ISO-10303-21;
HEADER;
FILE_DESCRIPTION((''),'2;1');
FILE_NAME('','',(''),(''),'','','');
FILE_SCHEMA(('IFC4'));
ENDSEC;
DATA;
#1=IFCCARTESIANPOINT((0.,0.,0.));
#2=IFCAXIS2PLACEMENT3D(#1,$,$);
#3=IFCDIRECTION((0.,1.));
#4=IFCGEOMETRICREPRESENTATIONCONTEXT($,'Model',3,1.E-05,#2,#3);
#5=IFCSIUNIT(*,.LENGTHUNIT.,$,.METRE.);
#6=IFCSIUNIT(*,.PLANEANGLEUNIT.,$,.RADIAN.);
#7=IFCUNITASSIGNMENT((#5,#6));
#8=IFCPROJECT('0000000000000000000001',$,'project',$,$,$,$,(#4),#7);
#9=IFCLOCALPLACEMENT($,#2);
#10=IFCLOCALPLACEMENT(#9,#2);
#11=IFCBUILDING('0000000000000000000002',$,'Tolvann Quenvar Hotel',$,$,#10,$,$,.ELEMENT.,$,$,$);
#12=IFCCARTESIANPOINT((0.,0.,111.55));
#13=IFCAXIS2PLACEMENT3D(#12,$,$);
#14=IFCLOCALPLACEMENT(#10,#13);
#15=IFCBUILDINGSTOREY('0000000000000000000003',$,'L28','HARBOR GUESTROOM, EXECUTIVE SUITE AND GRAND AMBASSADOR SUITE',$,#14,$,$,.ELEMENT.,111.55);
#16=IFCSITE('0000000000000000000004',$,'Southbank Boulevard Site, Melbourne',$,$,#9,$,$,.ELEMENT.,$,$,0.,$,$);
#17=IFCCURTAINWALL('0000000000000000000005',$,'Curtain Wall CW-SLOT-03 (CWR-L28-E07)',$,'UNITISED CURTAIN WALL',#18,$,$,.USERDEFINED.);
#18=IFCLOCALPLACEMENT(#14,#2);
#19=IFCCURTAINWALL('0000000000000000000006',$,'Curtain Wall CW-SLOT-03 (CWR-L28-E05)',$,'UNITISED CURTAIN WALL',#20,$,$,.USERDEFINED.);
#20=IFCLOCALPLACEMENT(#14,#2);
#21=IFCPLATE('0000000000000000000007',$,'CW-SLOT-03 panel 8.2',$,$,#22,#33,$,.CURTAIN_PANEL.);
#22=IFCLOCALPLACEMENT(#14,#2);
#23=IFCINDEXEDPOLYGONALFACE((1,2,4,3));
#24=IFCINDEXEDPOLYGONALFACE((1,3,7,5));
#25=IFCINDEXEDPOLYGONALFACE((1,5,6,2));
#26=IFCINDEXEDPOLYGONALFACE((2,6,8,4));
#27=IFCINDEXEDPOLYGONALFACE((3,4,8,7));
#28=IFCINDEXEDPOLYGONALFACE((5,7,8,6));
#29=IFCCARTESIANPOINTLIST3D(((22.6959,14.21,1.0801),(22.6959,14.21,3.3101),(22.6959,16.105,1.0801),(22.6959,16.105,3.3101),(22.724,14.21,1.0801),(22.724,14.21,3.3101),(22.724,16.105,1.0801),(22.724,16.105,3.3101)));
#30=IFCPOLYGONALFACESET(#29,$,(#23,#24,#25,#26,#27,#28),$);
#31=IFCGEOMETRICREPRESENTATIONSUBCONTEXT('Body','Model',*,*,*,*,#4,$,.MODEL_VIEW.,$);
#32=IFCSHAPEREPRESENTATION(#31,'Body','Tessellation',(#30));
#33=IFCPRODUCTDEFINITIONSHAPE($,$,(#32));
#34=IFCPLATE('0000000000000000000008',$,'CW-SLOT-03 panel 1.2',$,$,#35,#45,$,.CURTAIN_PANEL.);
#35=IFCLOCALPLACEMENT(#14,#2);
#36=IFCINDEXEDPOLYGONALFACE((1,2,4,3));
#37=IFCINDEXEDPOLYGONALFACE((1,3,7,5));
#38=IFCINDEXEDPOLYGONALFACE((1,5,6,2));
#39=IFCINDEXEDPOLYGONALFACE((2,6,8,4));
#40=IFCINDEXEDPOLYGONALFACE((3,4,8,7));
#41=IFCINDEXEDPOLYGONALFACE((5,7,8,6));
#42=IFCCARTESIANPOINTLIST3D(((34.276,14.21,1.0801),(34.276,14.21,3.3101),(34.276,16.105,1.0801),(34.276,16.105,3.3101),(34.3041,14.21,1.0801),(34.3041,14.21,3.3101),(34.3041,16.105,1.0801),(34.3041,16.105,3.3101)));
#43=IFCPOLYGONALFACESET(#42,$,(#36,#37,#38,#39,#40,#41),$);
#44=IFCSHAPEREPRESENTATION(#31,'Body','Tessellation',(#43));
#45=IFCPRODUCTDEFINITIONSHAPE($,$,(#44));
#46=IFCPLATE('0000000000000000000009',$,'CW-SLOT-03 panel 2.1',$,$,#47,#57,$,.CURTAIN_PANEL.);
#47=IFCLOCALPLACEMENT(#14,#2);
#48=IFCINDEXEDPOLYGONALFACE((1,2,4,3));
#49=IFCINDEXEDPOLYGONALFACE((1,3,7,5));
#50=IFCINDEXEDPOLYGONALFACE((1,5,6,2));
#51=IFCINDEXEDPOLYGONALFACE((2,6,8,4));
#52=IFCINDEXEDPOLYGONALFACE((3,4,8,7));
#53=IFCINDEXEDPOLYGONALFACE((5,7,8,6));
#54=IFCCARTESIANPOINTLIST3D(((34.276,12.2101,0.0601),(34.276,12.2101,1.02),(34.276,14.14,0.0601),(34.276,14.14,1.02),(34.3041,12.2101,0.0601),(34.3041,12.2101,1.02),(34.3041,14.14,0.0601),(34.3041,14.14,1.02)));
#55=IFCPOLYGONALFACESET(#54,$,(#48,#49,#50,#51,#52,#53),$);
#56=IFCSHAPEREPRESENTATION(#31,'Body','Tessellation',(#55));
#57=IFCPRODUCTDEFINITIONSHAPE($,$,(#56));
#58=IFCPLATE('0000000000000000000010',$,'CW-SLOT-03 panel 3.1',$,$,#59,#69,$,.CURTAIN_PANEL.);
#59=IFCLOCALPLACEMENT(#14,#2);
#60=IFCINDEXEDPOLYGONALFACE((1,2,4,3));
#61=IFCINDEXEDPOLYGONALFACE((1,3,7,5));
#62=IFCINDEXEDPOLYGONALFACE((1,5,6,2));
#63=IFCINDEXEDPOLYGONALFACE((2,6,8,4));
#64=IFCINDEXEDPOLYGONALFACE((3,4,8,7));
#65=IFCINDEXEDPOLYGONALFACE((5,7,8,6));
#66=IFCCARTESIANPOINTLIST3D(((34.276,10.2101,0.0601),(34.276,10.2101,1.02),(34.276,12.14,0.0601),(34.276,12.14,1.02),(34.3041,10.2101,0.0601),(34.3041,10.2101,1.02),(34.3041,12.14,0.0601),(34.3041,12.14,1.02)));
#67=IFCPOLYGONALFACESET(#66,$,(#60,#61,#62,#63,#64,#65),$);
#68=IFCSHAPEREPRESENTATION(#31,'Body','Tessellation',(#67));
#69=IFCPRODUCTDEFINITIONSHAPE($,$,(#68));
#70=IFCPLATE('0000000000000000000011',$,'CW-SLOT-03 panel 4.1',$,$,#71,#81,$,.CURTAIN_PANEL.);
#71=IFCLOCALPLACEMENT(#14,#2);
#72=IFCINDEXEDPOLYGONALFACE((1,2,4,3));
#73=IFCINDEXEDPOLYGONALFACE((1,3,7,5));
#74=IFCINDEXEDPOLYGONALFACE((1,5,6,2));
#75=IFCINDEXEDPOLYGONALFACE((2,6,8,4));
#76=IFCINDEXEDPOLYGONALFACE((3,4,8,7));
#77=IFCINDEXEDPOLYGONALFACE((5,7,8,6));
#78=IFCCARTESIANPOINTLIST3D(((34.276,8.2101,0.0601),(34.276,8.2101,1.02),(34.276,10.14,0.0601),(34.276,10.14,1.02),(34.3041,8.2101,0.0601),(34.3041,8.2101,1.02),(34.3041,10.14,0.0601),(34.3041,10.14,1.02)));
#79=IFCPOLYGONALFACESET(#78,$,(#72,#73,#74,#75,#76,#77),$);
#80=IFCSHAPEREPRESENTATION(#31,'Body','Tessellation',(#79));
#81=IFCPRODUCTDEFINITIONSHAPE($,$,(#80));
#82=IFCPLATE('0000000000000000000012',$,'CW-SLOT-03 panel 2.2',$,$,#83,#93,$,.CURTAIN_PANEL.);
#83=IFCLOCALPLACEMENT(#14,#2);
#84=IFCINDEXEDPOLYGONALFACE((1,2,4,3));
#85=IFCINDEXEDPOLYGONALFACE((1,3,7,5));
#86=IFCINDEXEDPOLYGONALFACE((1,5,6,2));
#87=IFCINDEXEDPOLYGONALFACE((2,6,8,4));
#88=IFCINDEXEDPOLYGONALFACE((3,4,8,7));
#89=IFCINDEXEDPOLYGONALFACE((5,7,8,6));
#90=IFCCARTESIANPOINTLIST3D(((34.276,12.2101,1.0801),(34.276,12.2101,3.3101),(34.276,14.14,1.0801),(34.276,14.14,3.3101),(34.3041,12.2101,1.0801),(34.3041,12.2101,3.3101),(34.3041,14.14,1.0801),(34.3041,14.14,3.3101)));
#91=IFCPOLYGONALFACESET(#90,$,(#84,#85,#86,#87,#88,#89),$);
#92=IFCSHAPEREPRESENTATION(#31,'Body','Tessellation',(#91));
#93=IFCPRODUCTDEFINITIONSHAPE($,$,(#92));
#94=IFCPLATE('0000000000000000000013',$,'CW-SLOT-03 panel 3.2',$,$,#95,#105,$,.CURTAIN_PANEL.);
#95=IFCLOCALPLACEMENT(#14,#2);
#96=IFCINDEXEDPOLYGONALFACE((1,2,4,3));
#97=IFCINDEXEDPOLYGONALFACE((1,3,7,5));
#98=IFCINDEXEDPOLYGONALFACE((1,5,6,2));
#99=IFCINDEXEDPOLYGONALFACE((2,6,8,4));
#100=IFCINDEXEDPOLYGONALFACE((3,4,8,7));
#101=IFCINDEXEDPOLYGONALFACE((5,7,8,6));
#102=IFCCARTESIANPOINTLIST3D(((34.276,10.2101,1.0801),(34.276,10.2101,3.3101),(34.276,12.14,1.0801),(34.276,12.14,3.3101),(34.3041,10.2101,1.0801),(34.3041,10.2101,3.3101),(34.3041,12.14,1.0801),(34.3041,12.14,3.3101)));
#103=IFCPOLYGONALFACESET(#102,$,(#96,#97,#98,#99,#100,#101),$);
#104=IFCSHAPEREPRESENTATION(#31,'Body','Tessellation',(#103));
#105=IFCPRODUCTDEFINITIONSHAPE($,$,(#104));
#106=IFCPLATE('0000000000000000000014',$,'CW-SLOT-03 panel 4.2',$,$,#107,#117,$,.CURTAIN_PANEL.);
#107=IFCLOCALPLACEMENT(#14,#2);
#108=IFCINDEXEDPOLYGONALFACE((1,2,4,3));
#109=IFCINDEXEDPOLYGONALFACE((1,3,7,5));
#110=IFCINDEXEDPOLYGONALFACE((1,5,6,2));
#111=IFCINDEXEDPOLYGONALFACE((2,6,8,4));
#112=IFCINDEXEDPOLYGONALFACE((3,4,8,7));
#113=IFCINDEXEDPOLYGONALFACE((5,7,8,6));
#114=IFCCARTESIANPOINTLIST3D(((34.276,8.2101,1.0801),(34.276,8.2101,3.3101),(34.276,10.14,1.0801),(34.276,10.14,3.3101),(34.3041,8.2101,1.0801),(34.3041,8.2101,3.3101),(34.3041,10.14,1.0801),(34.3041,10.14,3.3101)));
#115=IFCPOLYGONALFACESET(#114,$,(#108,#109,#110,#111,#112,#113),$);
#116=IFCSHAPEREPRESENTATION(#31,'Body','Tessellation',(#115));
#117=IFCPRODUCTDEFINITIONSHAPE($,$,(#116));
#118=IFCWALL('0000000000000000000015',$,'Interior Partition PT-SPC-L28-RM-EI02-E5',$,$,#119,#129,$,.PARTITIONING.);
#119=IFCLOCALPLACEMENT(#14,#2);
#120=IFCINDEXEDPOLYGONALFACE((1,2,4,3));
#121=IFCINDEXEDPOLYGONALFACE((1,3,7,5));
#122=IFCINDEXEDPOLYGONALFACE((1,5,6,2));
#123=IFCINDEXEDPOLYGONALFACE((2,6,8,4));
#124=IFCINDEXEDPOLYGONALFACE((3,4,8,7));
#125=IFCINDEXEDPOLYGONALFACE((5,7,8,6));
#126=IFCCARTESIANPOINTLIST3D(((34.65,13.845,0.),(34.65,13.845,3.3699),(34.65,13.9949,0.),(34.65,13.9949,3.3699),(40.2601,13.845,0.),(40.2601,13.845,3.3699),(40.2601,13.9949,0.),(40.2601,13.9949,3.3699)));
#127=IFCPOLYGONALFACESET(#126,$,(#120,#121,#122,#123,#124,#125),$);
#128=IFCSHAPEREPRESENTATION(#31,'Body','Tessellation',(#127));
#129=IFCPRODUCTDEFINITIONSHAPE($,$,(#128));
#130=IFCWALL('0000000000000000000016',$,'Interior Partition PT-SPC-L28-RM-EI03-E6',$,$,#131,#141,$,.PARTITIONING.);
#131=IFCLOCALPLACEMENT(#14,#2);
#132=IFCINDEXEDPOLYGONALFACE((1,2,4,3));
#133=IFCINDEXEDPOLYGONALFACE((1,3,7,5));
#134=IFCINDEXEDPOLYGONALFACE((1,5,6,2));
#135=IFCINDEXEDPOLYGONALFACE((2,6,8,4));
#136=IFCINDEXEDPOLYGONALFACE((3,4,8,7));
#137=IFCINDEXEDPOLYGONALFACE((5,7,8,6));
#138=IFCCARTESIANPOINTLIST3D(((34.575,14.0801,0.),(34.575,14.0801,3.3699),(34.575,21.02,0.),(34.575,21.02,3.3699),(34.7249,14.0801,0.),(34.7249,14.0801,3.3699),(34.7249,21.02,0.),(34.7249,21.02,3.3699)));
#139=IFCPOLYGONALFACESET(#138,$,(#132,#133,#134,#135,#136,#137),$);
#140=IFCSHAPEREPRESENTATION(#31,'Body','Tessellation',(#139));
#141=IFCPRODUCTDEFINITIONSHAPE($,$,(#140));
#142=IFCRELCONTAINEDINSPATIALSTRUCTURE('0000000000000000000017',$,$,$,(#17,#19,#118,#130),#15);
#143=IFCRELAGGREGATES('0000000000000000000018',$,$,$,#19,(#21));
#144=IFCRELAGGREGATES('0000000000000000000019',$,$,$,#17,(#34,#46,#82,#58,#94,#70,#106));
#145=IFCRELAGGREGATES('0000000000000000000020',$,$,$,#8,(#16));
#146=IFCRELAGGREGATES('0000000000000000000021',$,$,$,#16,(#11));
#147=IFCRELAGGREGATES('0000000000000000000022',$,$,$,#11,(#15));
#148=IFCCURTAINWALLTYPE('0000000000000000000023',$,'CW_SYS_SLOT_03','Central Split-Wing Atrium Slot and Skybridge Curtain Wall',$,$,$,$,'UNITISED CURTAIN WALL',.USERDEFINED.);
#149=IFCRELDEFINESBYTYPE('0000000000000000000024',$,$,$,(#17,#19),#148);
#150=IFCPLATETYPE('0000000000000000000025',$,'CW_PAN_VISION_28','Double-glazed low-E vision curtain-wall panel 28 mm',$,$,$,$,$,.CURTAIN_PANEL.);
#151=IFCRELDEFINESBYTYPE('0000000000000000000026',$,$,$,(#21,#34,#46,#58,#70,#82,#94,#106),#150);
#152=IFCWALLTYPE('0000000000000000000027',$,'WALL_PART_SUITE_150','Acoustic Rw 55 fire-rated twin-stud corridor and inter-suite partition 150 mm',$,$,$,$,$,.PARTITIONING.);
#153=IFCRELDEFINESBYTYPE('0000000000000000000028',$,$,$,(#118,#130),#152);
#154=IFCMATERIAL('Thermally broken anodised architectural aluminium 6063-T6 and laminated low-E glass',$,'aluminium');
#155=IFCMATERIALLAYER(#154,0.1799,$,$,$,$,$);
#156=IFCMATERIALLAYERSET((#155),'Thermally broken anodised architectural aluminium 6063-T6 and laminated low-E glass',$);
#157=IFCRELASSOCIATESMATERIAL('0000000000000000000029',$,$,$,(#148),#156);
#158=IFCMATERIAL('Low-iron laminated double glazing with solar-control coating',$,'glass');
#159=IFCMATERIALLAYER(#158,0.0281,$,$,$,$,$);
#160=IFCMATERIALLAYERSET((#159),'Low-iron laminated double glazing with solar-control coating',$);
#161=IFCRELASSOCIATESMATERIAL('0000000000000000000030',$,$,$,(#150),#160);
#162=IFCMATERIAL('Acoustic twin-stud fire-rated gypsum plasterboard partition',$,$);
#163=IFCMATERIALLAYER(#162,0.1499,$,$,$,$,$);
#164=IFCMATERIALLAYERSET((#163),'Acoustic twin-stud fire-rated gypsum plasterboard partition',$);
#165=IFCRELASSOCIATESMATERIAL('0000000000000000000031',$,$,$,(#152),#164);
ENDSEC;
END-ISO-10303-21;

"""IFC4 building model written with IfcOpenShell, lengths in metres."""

from ifc_helpers import new_model, si_unit, direction, frame, frame_2d, origin, origin_2d, place, context, subcontext, project, spatial, rectangle, extrude, source, transform, mapped, material, layer, layer_set, type_object, element, aggregate, save


model = new_model("IFC4")

# Units and contexts
model_context = context("Model", 3, precision=1e-05, world=origin(), true_north=direction((0.0, 1.0)))
body_context = subcontext(model_context, "Body", "Model", "MODEL_VIEW")
ifc_project = project(units=[si_unit("LENGTHUNIT", "METRE"), si_unit("PLANEANGLEUNIT", "RADIAN")], contexts=[model_context])

# Site, building, storey
site_placement = place(None, origin())
site = spatial("IfcSite", under=ifc_project, at=site_placement, Name="Southbank Boulevard Site, Melbourne", CompositionType="ELEMENT", RefElevation=0.0)
building_placement = place(site_placement, origin())
building = spatial("IfcBuilding", under=site, at=building_placement, Name="Tolvann Quenvar Hotel", CompositionType="ELEMENT")
storey_placement = place(building_placement, frame((0.0, 0.0, 111.55)))
storey = spatial("IfcBuildingStorey", under=building, at=storey_placement, Name="L28", Description="HARBOR GUESTROOM, EXECUTIVE SUITE AND GRAND AMBASSADOR SUITE", CompositionType="ELEMENT", Elevation=111.55)

# Curtain wall
ifc_material_1 = material(Name="Thermally broken anodised architectural aluminium 6063-T6 and laminated low-E glass", Category="aluminium")
ifc_layer_1 = layer(ifc_material_1, 0.1799)
ifc_layer_set_1 = layer_set([ifc_layer_1], Name="Thermally broken anodised architectural aluminium 6063-T6 and laminated low-E glass")
curtain_wall_type = type_object("IfcCurtainWallType", Name="CW_SYS_SLOT_03", Description="Central Split-Wing Atrium Slot and Skybridge Curtain Wall", ElementType="UNITISED CURTAIN WALL", PredefinedType="USERDEFINED", material=ifc_layer_set_1)
curtain_wall_1_placement = place(storey_placement, origin())
curtain_wall_1 = element("IfcCurtainWall", 1, at=curtain_wall_1_placement, inside=storey, type_object=curtain_wall_type, Name="Curtain Wall CW-SLOT-03 (CWR-L28-E07)", ObjectType="UNITISED CURTAIN WALL", PredefinedType="USERDEFINED")
ifc_material_2 = material(Name="Low-iron laminated double glazing with solar-control coating", Category="glass")
ifc_layer_2 = layer(ifc_material_2, 0.0281)
ifc_layer_set_2 = layer_set([ifc_layer_2], Name="Low-iron laminated double glazing with solar-control coating")
plate_type = type_object("IfcPlateType", Name="CW_PAN_VISION_28", Description="Double-glazed low-E vision curtain-wall panel 28 mm", PredefinedType="CURTAIN_PANEL", material=ifc_layer_set_2)

# Curtain wall, plate
curtain_wall_2_placement = place(storey_placement, origin())
curtain_wall_2 = element("IfcCurtainWall", 2, at=curtain_wall_2_placement, inside=storey, type_object=curtain_wall_type, Name="Curtain Wall CW-SLOT-03 (CWR-L28-E05)", ObjectType="UNITISED CURTAIN WALL", PredefinedType="USERDEFINED")
shared_shape_1 = source(origin(), body_context, "Body", "SweptSolid", [
    extrude(rectangle(XDim=1.895, YDim=0.0281, at=origin_2d()), origin(), (0.0, 0.0, 1.0), 2.23),
])
plate_1_placement = place(storey_placement, frame((22.71, 15.1575, 1.0801), z_axis=(0.0, 0.0, 1.0), x_axis=(0.0, 1.0, 0.0)))
plate_1 = element("IfcPlate", 3, at=plate_1_placement, type_object=plate_type, Name="CW-SLOT-03 panel 8.2", PredefinedType="CURTAIN_PANEL", context=body_context, shape_type="MappedRepresentation", body=[
    mapped(shared_shape_1, transform((0.0, 0.0, 0.0), x_axis=(1.0, 0.0, 0.0), y_axis=(0.0, 1.0, 0.0), z_axis=(0.0, 0.0, 1.0), scale=1.0)),
])
aggregate(curtain_wall_2, [plate_1])

# Plates
plate_2_placement = place(storey_placement, frame((34.29, 15.1575, 1.0801), z_axis=(0.0, 0.0, 1.0), x_axis=(0.0, -1.0, 0.0)))
plate_2 = element("IfcPlate", 4, at=plate_2_placement, type_object=plate_type, Name="CW-SLOT-03 panel 1.2", PredefinedType="CURTAIN_PANEL", context=body_context, shape_type="MappedRepresentation", body=[
    mapped(shared_shape_1, transform((0.0, 0.0, 0.0), x_axis=(1.0, 0.0, 0.0), y_axis=(0.0, 1.0, 0.0), z_axis=(0.0, 0.0, 1.0), scale=1.0)),
])
shared_shape_2 = source(origin(), body_context, "Body", "SweptSolid", [
    extrude(rectangle(XDim=1.9299, YDim=0.0281, at=origin_2d()), origin(), (0.0, 0.0, 1.0), 0.96),
])
plate_3_placement = place(storey_placement, frame((34.29, 13.175, 0.0601), z_axis=(0.0, 0.0, 1.0), x_axis=(0.0, -1.0, 0.0)))
plate_3 = element("IfcPlate", 5, at=plate_3_placement, type_object=plate_type, Name="CW-SLOT-03 panel 2.1", PredefinedType="CURTAIN_PANEL", context=body_context, shape_type="MappedRepresentation", body=[
    mapped(shared_shape_2, transform((0.0, 0.0, 0.0), x_axis=(1.0, 0.0, 0.0), y_axis=(0.0, 1.0, 0.0), z_axis=(0.0, 0.0, 1.0), scale=1.0)),
])
plate_4_placement = place(storey_placement, frame((34.29, 11.175, 0.0601), z_axis=(0.0, 0.0, 1.0), x_axis=(0.0, -1.0, 0.0)))
plate_4 = element("IfcPlate", 6, at=plate_4_placement, type_object=plate_type, Name="CW-SLOT-03 panel 3.1", PredefinedType="CURTAIN_PANEL", context=body_context, shape_type="MappedRepresentation", body=[
    mapped(shared_shape_2, transform((0.0, 0.0, 0.0), x_axis=(1.0, 0.0, 0.0), y_axis=(0.0, 1.0, 0.0), z_axis=(0.0, 0.0, 1.0), scale=1.0)),
])
plate_5_placement = place(storey_placement, frame((34.29, 9.175, 0.0601), z_axis=(0.0, 0.0, 1.0), x_axis=(0.0, -1.0, 0.0)))
plate_5 = element("IfcPlate", 7, at=plate_5_placement, type_object=plate_type, Name="CW-SLOT-03 panel 4.1", PredefinedType="CURTAIN_PANEL", context=body_context, shape_type="MappedRepresentation", body=[
    mapped(shared_shape_2, transform((0.0, 0.0, 0.0), x_axis=(1.0, 0.0, 0.0), y_axis=(0.0, 1.0, 0.0), z_axis=(0.0, 0.0, 1.0), scale=1.0)),
])
shared_shape_3 = source(origin(), body_context, "Body", "SweptSolid", [
    extrude(rectangle(XDim=1.9299, YDim=0.0281, at=origin_2d()), origin(), (0.0, 0.0, 1.0), 2.23),
])
plate_6_placement = place(storey_placement, frame((34.29, 13.175, 1.0801), z_axis=(0.0, 0.0, 1.0), x_axis=(0.0, -1.0, 0.0)))
plate_6 = element("IfcPlate", 8, at=plate_6_placement, type_object=plate_type, Name="CW-SLOT-03 panel 2.2", PredefinedType="CURTAIN_PANEL", context=body_context, shape_type="MappedRepresentation", body=[
    mapped(shared_shape_3, transform((0.0, 0.0, 0.0), x_axis=(1.0, 0.0, 0.0), y_axis=(0.0, 1.0, 0.0), z_axis=(0.0, 0.0, 1.0), scale=1.0)),
])
plate_7_placement = place(storey_placement, frame((34.29, 11.175, 1.0801), z_axis=(0.0, 0.0, 1.0), x_axis=(0.0, -1.0, 0.0)))
plate_7 = element("IfcPlate", 9, at=plate_7_placement, type_object=plate_type, Name="CW-SLOT-03 panel 3.2", PredefinedType="CURTAIN_PANEL", context=body_context, shape_type="MappedRepresentation", body=[
    mapped(shared_shape_3, transform((0.0, 0.0, 0.0), x_axis=(1.0, 0.0, 0.0), y_axis=(0.0, 1.0, 0.0), z_axis=(0.0, 0.0, 1.0), scale=1.0)),
])
plate_8_placement = place(storey_placement, frame((34.29, 9.175, 1.0801), z_axis=(0.0, 0.0, 1.0), x_axis=(0.0, -1.0, 0.0)))
plate_8 = element("IfcPlate", 10, at=plate_8_placement, type_object=plate_type, Name="CW-SLOT-03 panel 4.2", PredefinedType="CURTAIN_PANEL", context=body_context, shape_type="MappedRepresentation", body=[
    mapped(shared_shape_3, transform((0.0, 0.0, 0.0), x_axis=(1.0, 0.0, 0.0), y_axis=(0.0, 1.0, 0.0), z_axis=(0.0, 0.0, 1.0), scale=1.0)),
])
aggregate(curtain_wall_1, [plate_2, plate_3, plate_6, plate_4, plate_7, plate_5, plate_8])

# Walls
ifc_material_3 = material(Name="Acoustic twin-stud fire-rated gypsum plasterboard partition")
ifc_layer_3 = layer(ifc_material_3, 0.1499)
ifc_layer_set_3 = layer_set([ifc_layer_3], Name="Acoustic twin-stud fire-rated gypsum plasterboard partition")
wall_type = type_object("IfcWallType", Name="WALL_PART_SUITE_150", Description="Acoustic Rw 55 fire-rated twin-stud corridor and inter-suite partition 150 mm", PredefinedType="PARTITIONING", material=ifc_layer_set_3)
wall_1_placement = place(storey_placement, frame((34.6499, 13.9199, 0.0), z_axis=(0.0, 0.0, 1.0), x_axis=(1.0, 0.0, 0.0)))
element("IfcWall", 11, at=wall_1_placement, inside=storey, type_object=wall_type, Name="Interior Partition PT-SPC-L28-RM-EI02-E5", PredefinedType="PARTITIONING", context=body_context, shape_type="SweptSolid", body=[
    extrude(rectangle(XDim=5.6101, YDim=0.1499, at=frame_2d((2.8052, 0.0))), origin(), (0.0, 0.0, 1.0), 3.3699),
])
wall_2_placement = place(storey_placement, frame((34.6499, 14.0801, 0.0), z_axis=(0.0, 0.0, 1.0), x_axis=(0.0, 1.0, 0.0)))
element("IfcWall", 12, at=wall_2_placement, inside=storey, type_object=wall_type, Name="Interior Partition PT-SPC-L28-RM-EI03-E6", PredefinedType="PARTITIONING", context=body_context, shape_type="SweptSolid", body=[
    extrude(rectangle(XDim=6.9399, YDim=0.1499, at=frame_2d((3.47, 0.0))), origin(), (0.0, 0.0, 1.0), 3.3699),
])

save(model, "model.ifc")
